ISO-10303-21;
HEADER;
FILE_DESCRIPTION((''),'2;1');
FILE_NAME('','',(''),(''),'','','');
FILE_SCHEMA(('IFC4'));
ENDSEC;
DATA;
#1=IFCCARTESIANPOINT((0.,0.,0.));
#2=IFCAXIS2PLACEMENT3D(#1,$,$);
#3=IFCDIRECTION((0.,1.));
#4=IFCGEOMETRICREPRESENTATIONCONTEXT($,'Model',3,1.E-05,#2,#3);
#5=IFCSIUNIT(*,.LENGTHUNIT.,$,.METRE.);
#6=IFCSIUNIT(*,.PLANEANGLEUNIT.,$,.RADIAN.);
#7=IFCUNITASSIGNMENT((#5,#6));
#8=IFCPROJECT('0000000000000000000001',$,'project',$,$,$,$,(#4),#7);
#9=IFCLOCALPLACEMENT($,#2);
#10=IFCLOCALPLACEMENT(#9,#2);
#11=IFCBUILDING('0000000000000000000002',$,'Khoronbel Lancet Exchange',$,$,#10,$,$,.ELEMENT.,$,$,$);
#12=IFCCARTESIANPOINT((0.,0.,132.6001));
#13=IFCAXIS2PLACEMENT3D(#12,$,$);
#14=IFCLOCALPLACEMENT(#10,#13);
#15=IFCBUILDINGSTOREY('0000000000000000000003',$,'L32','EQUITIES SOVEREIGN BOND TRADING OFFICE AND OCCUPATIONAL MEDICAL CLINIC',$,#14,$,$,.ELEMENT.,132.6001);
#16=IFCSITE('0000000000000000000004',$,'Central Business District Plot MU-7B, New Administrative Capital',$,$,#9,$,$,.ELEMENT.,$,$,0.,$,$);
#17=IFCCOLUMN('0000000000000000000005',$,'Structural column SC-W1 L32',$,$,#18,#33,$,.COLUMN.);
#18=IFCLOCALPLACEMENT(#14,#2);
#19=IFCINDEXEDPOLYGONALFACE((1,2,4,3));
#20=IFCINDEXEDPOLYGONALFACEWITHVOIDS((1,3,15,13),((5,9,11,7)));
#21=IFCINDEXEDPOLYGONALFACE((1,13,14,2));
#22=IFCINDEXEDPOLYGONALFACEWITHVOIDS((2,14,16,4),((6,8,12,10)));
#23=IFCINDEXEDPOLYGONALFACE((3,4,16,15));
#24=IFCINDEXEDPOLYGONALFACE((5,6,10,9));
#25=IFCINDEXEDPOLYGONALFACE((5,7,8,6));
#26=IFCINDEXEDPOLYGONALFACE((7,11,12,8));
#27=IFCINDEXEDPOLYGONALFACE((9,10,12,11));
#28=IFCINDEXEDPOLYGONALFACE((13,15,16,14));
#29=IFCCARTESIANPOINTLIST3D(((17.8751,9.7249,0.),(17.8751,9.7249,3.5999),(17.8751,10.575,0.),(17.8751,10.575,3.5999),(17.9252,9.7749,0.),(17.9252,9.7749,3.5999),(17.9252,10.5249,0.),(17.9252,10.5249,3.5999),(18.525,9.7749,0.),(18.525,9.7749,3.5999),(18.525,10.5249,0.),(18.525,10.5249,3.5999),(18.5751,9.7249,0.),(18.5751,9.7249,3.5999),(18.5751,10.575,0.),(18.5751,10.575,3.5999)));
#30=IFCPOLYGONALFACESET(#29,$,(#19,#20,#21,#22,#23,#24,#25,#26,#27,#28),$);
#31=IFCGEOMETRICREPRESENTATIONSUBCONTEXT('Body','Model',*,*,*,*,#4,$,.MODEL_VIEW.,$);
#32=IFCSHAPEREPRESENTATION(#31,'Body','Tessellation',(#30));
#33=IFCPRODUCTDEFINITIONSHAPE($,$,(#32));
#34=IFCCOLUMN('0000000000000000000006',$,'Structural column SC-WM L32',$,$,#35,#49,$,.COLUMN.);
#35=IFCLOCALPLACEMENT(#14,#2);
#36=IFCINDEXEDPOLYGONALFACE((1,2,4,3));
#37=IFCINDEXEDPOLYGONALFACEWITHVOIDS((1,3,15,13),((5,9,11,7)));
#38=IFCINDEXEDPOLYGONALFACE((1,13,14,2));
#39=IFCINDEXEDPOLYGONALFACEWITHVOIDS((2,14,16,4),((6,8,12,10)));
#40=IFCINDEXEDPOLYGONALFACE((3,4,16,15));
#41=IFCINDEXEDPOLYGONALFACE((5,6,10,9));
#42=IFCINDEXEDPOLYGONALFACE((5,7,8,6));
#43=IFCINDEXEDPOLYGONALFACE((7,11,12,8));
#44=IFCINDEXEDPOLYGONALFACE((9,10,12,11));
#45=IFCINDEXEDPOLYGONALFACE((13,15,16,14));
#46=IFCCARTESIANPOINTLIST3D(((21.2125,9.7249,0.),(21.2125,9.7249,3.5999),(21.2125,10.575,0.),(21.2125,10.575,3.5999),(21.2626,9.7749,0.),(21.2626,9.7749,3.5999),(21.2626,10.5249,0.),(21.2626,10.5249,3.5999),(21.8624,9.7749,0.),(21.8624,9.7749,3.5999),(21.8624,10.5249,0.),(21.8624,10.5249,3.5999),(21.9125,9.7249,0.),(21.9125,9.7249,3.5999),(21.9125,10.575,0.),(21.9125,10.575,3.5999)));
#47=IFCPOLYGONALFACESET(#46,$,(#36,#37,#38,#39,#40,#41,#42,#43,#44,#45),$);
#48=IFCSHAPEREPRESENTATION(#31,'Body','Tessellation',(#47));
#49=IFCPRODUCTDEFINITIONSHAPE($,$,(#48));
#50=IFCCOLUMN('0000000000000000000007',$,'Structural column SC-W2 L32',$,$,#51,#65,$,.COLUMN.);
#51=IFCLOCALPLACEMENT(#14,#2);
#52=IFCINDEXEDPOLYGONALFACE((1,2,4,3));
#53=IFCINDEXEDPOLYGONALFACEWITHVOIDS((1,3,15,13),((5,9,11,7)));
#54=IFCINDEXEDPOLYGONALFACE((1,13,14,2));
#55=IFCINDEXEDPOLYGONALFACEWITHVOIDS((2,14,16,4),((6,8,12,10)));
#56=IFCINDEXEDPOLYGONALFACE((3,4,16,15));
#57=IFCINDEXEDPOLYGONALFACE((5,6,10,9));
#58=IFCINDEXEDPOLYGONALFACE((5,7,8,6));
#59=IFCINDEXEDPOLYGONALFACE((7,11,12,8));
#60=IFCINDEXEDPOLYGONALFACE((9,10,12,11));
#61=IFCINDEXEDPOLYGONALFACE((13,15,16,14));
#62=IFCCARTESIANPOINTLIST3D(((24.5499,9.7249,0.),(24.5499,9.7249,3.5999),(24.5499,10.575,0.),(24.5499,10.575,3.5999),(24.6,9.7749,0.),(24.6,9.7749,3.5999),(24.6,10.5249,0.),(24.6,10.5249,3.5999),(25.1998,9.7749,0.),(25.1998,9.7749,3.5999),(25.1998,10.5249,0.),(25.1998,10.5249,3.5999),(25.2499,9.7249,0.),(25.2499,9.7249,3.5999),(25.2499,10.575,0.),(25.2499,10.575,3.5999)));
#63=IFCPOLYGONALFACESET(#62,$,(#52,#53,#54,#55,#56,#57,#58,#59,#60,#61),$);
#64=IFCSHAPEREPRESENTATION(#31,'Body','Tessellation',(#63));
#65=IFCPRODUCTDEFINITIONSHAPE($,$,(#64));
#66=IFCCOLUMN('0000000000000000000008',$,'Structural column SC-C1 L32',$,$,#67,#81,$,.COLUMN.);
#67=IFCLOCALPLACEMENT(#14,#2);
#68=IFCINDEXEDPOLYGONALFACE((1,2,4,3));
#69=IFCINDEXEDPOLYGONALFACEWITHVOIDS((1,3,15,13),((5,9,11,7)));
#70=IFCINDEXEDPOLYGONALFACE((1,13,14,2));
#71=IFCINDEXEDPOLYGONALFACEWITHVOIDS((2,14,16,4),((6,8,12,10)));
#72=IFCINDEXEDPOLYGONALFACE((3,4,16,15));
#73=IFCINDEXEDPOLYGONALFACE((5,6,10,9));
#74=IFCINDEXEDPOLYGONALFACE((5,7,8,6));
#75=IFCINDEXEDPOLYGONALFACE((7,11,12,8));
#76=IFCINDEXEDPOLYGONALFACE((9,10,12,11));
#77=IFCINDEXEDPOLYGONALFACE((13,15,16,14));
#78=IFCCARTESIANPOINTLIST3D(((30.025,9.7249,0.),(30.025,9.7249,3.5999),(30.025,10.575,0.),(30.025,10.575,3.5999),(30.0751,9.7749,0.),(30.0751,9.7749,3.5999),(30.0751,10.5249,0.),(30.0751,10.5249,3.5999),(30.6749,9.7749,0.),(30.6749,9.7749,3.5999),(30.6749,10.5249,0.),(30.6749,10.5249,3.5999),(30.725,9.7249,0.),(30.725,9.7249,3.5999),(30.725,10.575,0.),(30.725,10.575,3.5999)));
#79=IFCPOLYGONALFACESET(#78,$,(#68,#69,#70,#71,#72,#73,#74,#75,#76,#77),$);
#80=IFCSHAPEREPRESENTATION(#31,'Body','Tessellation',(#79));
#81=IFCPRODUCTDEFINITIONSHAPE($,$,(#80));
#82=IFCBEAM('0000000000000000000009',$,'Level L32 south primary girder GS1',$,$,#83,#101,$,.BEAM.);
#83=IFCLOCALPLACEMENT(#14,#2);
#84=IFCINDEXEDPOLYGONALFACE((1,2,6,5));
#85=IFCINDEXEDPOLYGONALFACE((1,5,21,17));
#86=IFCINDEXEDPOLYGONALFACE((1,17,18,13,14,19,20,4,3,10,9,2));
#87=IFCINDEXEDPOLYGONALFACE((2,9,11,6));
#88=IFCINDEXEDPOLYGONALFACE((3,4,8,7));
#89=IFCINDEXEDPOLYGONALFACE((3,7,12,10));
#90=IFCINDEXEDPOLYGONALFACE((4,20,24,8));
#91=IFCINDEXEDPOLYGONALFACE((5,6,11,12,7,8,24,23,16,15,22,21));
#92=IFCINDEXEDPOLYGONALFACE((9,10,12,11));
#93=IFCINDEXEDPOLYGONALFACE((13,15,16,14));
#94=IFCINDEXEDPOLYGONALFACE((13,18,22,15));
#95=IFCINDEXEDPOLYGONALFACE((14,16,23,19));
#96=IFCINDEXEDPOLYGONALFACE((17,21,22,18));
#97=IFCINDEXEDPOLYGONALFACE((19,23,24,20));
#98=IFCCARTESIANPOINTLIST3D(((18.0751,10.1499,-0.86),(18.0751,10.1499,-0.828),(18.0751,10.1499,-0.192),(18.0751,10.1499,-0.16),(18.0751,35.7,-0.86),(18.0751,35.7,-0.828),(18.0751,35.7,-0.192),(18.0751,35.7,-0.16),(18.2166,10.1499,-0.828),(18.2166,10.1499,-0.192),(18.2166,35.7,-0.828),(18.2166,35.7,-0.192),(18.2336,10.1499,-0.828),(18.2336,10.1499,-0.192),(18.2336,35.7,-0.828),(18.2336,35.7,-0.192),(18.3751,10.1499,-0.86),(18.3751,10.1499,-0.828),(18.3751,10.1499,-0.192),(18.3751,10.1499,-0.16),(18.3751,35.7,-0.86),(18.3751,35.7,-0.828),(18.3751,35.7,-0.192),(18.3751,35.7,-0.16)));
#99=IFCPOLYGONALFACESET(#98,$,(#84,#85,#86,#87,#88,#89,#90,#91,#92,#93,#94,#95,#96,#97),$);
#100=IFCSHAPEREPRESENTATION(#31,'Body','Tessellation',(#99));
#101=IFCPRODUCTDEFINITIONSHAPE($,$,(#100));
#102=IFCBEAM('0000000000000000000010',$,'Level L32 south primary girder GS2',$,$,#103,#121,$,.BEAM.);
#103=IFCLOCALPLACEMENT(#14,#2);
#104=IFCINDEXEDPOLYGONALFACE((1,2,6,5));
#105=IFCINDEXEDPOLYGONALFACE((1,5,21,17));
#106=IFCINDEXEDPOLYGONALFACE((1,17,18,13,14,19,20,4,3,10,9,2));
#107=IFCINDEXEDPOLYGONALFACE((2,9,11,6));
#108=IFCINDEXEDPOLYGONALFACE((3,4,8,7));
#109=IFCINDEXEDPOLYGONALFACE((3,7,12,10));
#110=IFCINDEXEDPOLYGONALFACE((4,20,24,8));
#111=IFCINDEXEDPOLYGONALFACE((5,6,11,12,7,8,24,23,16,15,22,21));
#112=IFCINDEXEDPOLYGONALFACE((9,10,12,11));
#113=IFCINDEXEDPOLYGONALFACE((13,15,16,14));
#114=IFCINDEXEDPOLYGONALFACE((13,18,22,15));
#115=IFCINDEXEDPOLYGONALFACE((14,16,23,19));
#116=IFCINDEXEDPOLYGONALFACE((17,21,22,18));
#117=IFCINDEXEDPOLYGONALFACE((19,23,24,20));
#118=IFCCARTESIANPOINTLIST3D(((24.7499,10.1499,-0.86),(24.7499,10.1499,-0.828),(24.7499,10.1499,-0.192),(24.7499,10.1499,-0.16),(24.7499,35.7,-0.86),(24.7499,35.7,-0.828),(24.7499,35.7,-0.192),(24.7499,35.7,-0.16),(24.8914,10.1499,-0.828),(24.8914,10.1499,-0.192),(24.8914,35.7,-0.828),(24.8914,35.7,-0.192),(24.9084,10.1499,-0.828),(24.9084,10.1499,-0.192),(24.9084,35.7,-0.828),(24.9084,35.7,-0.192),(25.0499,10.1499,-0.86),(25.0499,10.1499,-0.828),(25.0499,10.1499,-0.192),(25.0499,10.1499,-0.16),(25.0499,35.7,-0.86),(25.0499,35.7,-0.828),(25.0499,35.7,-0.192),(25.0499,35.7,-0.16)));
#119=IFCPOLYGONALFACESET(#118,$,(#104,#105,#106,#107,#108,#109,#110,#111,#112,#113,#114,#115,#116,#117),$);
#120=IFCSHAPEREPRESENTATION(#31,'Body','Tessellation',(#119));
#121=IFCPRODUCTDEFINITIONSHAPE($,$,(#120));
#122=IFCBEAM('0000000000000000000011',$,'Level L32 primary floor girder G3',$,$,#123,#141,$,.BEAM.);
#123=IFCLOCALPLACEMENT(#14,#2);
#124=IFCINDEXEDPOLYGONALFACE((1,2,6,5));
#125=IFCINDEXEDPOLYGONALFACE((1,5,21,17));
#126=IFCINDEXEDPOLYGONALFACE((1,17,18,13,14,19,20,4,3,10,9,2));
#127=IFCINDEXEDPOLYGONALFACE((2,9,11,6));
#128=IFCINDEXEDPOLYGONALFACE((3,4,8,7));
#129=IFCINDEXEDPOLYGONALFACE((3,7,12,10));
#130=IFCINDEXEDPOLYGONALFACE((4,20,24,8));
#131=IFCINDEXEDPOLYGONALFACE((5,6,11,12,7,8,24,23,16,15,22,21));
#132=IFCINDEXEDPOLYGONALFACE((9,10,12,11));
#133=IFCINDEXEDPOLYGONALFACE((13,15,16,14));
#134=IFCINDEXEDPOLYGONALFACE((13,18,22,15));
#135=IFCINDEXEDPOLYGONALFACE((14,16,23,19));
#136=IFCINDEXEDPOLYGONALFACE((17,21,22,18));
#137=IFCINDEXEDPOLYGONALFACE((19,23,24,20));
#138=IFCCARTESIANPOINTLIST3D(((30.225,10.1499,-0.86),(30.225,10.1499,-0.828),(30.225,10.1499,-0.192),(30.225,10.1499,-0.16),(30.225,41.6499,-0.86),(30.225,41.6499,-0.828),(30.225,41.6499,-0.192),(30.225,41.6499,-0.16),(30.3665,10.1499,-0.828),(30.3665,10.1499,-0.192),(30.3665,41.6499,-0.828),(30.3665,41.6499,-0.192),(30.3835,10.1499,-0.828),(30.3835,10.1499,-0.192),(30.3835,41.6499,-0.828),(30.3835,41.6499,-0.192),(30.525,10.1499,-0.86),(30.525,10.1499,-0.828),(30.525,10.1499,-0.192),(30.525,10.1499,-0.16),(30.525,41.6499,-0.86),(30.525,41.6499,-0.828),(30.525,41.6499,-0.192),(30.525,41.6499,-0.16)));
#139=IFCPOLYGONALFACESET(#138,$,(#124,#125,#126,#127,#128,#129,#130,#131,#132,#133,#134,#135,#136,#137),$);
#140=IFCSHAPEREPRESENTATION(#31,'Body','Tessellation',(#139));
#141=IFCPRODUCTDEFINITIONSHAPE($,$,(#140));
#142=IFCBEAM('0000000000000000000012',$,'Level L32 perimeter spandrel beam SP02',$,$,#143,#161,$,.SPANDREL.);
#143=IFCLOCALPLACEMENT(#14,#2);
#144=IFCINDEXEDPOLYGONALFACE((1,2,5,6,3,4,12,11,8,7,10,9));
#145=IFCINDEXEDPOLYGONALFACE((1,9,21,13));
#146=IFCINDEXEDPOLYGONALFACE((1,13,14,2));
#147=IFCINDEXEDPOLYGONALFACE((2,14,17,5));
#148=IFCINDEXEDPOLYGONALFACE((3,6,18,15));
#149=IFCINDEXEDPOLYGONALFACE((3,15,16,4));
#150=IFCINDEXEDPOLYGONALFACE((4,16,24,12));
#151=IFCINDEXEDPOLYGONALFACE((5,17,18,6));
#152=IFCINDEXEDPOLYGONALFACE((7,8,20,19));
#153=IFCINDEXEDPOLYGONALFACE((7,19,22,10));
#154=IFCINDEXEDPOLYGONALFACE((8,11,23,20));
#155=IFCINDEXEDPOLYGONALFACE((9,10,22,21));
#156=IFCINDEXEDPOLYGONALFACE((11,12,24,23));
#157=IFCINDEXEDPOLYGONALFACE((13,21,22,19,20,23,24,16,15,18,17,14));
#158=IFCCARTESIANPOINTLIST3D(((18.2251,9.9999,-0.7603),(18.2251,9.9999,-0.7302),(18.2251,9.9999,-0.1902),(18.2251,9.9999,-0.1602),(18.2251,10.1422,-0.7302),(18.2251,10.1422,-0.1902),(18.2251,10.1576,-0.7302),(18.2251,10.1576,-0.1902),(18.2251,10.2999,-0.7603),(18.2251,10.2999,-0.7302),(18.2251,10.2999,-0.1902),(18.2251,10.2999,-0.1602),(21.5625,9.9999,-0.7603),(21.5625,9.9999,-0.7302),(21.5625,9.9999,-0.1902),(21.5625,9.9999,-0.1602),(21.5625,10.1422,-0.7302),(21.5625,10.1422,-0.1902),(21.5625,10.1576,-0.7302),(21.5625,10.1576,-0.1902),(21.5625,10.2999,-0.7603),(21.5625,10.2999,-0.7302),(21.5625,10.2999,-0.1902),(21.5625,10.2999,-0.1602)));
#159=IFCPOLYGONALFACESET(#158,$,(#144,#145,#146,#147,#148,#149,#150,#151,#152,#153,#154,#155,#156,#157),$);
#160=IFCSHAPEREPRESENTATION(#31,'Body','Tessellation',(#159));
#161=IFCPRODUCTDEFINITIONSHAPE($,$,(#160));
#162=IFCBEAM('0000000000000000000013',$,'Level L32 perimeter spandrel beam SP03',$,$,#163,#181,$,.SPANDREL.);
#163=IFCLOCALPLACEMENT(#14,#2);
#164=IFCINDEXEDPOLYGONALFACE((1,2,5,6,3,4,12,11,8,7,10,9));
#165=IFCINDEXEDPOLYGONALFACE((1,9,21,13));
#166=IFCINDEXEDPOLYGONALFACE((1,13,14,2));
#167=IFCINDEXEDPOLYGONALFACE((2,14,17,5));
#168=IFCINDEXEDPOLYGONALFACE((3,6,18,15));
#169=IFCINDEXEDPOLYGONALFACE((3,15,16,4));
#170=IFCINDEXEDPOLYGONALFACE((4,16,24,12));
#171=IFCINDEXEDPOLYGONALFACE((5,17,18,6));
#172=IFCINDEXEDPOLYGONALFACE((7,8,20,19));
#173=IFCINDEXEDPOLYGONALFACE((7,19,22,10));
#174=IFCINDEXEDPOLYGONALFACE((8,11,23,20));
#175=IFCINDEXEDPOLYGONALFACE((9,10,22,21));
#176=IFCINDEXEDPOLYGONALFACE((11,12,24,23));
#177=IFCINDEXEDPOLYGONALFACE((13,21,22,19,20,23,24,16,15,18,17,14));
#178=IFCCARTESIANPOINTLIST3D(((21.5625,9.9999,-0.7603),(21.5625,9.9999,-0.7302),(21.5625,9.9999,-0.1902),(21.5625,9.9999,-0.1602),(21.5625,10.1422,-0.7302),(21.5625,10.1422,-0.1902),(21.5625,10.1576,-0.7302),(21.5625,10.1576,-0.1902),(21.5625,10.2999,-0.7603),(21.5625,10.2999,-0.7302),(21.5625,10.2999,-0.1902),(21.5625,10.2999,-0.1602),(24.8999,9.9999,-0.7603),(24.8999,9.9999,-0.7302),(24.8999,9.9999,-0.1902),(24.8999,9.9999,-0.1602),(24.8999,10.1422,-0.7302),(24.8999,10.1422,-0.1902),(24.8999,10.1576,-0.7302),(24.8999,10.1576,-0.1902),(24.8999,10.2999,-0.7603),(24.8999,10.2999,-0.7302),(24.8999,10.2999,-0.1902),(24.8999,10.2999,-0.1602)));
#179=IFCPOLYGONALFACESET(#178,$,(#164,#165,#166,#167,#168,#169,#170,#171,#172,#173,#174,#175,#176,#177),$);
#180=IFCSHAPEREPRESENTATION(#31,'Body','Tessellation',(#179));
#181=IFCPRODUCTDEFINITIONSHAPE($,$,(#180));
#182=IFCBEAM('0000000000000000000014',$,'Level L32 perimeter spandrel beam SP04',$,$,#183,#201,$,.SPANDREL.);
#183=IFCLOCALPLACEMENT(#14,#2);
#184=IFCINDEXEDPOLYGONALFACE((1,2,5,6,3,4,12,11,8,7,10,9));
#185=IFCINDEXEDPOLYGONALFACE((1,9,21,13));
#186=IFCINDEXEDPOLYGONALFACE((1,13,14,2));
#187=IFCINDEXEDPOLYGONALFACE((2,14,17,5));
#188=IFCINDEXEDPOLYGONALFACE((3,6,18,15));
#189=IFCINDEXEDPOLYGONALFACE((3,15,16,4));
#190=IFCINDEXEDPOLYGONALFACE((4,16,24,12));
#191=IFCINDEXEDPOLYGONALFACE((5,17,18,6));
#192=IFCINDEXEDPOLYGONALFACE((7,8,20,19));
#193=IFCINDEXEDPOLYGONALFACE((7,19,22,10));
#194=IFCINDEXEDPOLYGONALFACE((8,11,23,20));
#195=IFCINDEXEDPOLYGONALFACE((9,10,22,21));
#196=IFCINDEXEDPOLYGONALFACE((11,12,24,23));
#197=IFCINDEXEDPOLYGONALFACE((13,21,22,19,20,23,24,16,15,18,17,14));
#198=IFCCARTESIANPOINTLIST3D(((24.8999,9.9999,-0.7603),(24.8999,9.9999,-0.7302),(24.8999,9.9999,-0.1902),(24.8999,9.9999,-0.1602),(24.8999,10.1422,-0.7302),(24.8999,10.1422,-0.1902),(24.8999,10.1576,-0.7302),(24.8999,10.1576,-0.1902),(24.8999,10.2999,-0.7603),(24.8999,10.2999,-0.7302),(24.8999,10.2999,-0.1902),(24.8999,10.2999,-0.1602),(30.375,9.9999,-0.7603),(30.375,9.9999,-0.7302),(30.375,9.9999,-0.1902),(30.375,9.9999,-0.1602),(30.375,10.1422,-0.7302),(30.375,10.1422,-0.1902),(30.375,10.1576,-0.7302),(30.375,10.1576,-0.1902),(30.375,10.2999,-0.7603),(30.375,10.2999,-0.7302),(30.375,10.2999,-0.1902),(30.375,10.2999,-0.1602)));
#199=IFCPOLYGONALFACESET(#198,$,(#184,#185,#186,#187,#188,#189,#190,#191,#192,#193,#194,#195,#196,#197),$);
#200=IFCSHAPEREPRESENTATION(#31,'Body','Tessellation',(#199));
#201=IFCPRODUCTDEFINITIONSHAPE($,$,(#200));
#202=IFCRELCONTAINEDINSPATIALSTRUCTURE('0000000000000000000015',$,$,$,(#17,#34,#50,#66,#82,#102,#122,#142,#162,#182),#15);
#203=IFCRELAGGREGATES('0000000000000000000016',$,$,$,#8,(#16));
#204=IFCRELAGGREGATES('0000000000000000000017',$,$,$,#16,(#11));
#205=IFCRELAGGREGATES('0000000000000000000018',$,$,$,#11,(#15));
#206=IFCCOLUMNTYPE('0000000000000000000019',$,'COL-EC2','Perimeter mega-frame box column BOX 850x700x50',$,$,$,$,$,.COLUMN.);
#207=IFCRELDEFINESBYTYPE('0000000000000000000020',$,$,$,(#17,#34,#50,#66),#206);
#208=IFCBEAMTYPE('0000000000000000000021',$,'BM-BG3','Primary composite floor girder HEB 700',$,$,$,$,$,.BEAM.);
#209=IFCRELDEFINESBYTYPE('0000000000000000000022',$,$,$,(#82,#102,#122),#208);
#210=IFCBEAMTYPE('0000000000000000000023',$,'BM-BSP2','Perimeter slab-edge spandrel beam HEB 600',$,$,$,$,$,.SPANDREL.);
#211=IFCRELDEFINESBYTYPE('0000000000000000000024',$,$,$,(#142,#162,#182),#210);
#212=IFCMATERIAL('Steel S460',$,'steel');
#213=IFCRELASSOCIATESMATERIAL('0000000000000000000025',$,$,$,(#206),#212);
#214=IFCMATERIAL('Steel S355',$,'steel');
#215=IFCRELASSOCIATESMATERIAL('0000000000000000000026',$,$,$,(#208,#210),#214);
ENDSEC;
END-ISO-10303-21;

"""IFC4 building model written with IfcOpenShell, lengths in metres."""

from ifc_helpers import new_model, si_unit, direction, frame, origin, origin_2d, place, context, subcontext, project, spatial, hollow_rectangle, i_section, extrude, material, material_profile, profile_set, type_object, element, save


model = new_model("IFC4")

# Units and contexts
model_context = context("Model", 3, precision=1e-05, world=origin(), true_north=direction((0.0, 1.0)))
body_context = subcontext(model_context, "Body", "Model", "MODEL_VIEW")
ifc_project = project(units=[si_unit("LENGTHUNIT", "METRE"), si_unit("PLANEANGLEUNIT", "RADIAN")], contexts=[model_context])

# Site, building, storey
site_placement = place(None, origin())
site = spatial("IfcSite", under=ifc_project, at=site_placement, Name="Central Business District Plot MU-7B, New Administrative Capital", CompositionType="ELEMENT", RefElevation=0.0)
building_placement = place(site_placement, origin())
building = spatial("IfcBuilding", under=site, at=building_placement, Name="Khoronbel Lancet Exchange", CompositionType="ELEMENT")
storey_placement = place(building_placement, frame((0.0, 0.0, 132.6001)))
storey = spatial("IfcBuildingStorey", under=building, at=storey_placement, Name="L32", Description="EQUITIES SOVEREIGN BOND TRADING OFFICE AND OCCUPATIONAL MEDICAL CLINIC", CompositionType="ELEMENT", Elevation=132.6001)

# Columns
ifc_material_1 = material(Name="Steel S460", Category="steel")
ifc_material_profile_1 = material_profile(ifc_material_1, hollow_rectangle(XDim=0.7, YDim=0.8501, WallThickness=0.05, at=origin_2d()), Name="BOX 850x700x50")
ifc_profile_set_1 = profile_set([ifc_material_profile_1], Name="Steel S460")
column_type = type_object("IfcColumnType", Name="COL-EC2", Description="Perimeter mega-frame box column BOX 850x700x50", PredefinedType="COLUMN", material=ifc_profile_set_1)
for number, where, z_axis, x_axis, name in (
    (1, (18.2251, 10.1499, 0.0), (0.0, 0.0, 1.0), (1.0, 0.0, 0.0), "Structural column SC-W1 L32"),
    (2, (21.5625, 10.1499, 0.0), (0.0, 0.0, 1.0), (1.0, 0.0, 0.0), "Structural column SC-WM L32"),
    (3, (24.8999, 10.1499, 0.0), (0.0, 0.0, 1.0), (1.0, 0.0, 0.0), "Structural column SC-W2 L32"),
    (4, (30.375, 10.1499, 0.0), (0.0, 0.0, 1.0), (1.0, 0.0, 0.0), "Structural column SC-C1 L32"),
):
    element("IfcColumn", number, at=place(storey_placement, frame(where, z_axis=z_axis, x_axis=x_axis)), inside=storey, type_object=column_type, Name=name, PredefinedType="COLUMN", context=body_context, shape_type="SweptSolid", body=[
        extrude(hollow_rectangle(XDim=0.7, YDim=0.8501, WallThickness=0.05, at=origin_2d()), origin(), (0.0, 0.0, 1.0), 3.5999),
    ])

# Beams
ifc_material_2 = material(Name="Steel S355", Category="steel")
ifc_material_profile_2 = material_profile(ifc_material_2, i_section(OverallWidth=0.3, OverallDepth=0.7, WebThickness=0.0171, FlangeThickness=0.032, at=origin_2d()), Name="HEB 700")
ifc_profile_set_2 = profile_set([ifc_material_profile_2], Name="Steel S355")
beam_type_1 = type_object("IfcBeamType", Name="BM-BG3", Description="Primary composite floor girder HEB 700", PredefinedType="BEAM", material=ifc_profile_set_2)
for number, where, z_axis, x_axis, name in (
    (5, (18.2251, 10.1499, -0.51), (0.0, 1.0, 0.0), (-1.0, 0.0, 0.0), "Level L32 south primary girder GS1"),
    (6, (24.8999, 10.1499, -0.51), (0.0, 1.0, 0.0), (-1.0, 0.0, 0.0), "Level L32 south primary girder GS2"),
):
    element("IfcBeam", number, at=place(storey_placement, frame(where, z_axis=z_axis, x_axis=x_axis)), inside=storey, type_object=beam_type_1, Name=name, PredefinedType="BEAM", context=body_context, shape_type="SweptSolid", body=[
        extrude(i_section(OverallWidth=0.3, OverallDepth=0.7, WebThickness=0.0171, FlangeThickness=0.032, at=origin_2d()), origin(), (0.0, 0.0, 1.0), 25.55),
    ])
beam_1_placement = place(storey_placement, frame((30.375, 10.1499, -0.51), z_axis=(0.0, 1.0, 0.0), x_axis=(-1.0, 0.0, 0.0)))
element("IfcBeam", 7, at=beam_1_placement, inside=storey, type_object=beam_type_1, Name="Level L32 primary floor girder G3", PredefinedType="BEAM", context=body_context, shape_type="SweptSolid", body=[
    extrude(i_section(OverallWidth=0.3, OverallDepth=0.7, WebThickness=0.0171, FlangeThickness=0.032, at=origin_2d()), origin(), (0.0, 0.0, 1.0), 31.5),
])
ifc_material_profile_3 = material_profile(ifc_material_2, i_section(OverallWidth=0.3, OverallDepth=0.6001, WebThickness=0.0154, FlangeThickness=0.03, at=origin_2d()), Name="HEB 600")
ifc_profile_set_3 = profile_set([ifc_material_profile_3], Name="Steel S355")
beam_type_2 = type_object("IfcBeamType", Name="BM-BSP2", Description="Perimeter slab-edge spandrel beam HEB 600", PredefinedType="SPANDREL", material=ifc_profile_set_3)
for number, where, z_axis, x_axis, name in (
    (8, (18.2251, 10.1499, -0.4602), (1.0, 0.0, 0.0), (0.0, 1.0, 0.0), "Level L32 perimeter spandrel beam SP02"),
    (9, (21.5625, 10.1499, -0.4602), (1.0, 0.0, 0.0), (0.0, 1.0, 0.0), "Level L32 perimeter spandrel beam SP03"),
):
    element("IfcBeam", number, at=place(storey_placement, frame(where, z_axis=z_axis, x_axis=x_axis)), inside=storey, type_object=beam_type_2, Name=name, PredefinedType="SPANDREL", context=body_context, shape_type="SweptSolid", body=[
        extrude(i_section(OverallWidth=0.3, OverallDepth=0.6001, WebThickness=0.0154, FlangeThickness=0.03, at=origin_2d()), origin(), (0.0, 0.0, 1.0), 3.3374),
    ])
beam_2_placement = place(storey_placement, frame((24.8999, 10.1499, -0.4602), z_axis=(1.0, 0.0, 0.0), x_axis=(0.0, 1.0, 0.0)))
element("IfcBeam", 10, at=beam_2_placement, inside=storey, type_object=beam_type_2, Name="Level L32 perimeter spandrel beam SP04", PredefinedType="SPANDREL", context=body_context, shape_type="SweptSolid", body=[
    extrude(i_section(OverallWidth=0.3, OverallDepth=0.6001, WebThickness=0.0154, FlangeThickness=0.03, at=origin_2d()), origin(), (0.0, 0.0, 1.0), 5.4751),
])

save(model, "model.ifc")
